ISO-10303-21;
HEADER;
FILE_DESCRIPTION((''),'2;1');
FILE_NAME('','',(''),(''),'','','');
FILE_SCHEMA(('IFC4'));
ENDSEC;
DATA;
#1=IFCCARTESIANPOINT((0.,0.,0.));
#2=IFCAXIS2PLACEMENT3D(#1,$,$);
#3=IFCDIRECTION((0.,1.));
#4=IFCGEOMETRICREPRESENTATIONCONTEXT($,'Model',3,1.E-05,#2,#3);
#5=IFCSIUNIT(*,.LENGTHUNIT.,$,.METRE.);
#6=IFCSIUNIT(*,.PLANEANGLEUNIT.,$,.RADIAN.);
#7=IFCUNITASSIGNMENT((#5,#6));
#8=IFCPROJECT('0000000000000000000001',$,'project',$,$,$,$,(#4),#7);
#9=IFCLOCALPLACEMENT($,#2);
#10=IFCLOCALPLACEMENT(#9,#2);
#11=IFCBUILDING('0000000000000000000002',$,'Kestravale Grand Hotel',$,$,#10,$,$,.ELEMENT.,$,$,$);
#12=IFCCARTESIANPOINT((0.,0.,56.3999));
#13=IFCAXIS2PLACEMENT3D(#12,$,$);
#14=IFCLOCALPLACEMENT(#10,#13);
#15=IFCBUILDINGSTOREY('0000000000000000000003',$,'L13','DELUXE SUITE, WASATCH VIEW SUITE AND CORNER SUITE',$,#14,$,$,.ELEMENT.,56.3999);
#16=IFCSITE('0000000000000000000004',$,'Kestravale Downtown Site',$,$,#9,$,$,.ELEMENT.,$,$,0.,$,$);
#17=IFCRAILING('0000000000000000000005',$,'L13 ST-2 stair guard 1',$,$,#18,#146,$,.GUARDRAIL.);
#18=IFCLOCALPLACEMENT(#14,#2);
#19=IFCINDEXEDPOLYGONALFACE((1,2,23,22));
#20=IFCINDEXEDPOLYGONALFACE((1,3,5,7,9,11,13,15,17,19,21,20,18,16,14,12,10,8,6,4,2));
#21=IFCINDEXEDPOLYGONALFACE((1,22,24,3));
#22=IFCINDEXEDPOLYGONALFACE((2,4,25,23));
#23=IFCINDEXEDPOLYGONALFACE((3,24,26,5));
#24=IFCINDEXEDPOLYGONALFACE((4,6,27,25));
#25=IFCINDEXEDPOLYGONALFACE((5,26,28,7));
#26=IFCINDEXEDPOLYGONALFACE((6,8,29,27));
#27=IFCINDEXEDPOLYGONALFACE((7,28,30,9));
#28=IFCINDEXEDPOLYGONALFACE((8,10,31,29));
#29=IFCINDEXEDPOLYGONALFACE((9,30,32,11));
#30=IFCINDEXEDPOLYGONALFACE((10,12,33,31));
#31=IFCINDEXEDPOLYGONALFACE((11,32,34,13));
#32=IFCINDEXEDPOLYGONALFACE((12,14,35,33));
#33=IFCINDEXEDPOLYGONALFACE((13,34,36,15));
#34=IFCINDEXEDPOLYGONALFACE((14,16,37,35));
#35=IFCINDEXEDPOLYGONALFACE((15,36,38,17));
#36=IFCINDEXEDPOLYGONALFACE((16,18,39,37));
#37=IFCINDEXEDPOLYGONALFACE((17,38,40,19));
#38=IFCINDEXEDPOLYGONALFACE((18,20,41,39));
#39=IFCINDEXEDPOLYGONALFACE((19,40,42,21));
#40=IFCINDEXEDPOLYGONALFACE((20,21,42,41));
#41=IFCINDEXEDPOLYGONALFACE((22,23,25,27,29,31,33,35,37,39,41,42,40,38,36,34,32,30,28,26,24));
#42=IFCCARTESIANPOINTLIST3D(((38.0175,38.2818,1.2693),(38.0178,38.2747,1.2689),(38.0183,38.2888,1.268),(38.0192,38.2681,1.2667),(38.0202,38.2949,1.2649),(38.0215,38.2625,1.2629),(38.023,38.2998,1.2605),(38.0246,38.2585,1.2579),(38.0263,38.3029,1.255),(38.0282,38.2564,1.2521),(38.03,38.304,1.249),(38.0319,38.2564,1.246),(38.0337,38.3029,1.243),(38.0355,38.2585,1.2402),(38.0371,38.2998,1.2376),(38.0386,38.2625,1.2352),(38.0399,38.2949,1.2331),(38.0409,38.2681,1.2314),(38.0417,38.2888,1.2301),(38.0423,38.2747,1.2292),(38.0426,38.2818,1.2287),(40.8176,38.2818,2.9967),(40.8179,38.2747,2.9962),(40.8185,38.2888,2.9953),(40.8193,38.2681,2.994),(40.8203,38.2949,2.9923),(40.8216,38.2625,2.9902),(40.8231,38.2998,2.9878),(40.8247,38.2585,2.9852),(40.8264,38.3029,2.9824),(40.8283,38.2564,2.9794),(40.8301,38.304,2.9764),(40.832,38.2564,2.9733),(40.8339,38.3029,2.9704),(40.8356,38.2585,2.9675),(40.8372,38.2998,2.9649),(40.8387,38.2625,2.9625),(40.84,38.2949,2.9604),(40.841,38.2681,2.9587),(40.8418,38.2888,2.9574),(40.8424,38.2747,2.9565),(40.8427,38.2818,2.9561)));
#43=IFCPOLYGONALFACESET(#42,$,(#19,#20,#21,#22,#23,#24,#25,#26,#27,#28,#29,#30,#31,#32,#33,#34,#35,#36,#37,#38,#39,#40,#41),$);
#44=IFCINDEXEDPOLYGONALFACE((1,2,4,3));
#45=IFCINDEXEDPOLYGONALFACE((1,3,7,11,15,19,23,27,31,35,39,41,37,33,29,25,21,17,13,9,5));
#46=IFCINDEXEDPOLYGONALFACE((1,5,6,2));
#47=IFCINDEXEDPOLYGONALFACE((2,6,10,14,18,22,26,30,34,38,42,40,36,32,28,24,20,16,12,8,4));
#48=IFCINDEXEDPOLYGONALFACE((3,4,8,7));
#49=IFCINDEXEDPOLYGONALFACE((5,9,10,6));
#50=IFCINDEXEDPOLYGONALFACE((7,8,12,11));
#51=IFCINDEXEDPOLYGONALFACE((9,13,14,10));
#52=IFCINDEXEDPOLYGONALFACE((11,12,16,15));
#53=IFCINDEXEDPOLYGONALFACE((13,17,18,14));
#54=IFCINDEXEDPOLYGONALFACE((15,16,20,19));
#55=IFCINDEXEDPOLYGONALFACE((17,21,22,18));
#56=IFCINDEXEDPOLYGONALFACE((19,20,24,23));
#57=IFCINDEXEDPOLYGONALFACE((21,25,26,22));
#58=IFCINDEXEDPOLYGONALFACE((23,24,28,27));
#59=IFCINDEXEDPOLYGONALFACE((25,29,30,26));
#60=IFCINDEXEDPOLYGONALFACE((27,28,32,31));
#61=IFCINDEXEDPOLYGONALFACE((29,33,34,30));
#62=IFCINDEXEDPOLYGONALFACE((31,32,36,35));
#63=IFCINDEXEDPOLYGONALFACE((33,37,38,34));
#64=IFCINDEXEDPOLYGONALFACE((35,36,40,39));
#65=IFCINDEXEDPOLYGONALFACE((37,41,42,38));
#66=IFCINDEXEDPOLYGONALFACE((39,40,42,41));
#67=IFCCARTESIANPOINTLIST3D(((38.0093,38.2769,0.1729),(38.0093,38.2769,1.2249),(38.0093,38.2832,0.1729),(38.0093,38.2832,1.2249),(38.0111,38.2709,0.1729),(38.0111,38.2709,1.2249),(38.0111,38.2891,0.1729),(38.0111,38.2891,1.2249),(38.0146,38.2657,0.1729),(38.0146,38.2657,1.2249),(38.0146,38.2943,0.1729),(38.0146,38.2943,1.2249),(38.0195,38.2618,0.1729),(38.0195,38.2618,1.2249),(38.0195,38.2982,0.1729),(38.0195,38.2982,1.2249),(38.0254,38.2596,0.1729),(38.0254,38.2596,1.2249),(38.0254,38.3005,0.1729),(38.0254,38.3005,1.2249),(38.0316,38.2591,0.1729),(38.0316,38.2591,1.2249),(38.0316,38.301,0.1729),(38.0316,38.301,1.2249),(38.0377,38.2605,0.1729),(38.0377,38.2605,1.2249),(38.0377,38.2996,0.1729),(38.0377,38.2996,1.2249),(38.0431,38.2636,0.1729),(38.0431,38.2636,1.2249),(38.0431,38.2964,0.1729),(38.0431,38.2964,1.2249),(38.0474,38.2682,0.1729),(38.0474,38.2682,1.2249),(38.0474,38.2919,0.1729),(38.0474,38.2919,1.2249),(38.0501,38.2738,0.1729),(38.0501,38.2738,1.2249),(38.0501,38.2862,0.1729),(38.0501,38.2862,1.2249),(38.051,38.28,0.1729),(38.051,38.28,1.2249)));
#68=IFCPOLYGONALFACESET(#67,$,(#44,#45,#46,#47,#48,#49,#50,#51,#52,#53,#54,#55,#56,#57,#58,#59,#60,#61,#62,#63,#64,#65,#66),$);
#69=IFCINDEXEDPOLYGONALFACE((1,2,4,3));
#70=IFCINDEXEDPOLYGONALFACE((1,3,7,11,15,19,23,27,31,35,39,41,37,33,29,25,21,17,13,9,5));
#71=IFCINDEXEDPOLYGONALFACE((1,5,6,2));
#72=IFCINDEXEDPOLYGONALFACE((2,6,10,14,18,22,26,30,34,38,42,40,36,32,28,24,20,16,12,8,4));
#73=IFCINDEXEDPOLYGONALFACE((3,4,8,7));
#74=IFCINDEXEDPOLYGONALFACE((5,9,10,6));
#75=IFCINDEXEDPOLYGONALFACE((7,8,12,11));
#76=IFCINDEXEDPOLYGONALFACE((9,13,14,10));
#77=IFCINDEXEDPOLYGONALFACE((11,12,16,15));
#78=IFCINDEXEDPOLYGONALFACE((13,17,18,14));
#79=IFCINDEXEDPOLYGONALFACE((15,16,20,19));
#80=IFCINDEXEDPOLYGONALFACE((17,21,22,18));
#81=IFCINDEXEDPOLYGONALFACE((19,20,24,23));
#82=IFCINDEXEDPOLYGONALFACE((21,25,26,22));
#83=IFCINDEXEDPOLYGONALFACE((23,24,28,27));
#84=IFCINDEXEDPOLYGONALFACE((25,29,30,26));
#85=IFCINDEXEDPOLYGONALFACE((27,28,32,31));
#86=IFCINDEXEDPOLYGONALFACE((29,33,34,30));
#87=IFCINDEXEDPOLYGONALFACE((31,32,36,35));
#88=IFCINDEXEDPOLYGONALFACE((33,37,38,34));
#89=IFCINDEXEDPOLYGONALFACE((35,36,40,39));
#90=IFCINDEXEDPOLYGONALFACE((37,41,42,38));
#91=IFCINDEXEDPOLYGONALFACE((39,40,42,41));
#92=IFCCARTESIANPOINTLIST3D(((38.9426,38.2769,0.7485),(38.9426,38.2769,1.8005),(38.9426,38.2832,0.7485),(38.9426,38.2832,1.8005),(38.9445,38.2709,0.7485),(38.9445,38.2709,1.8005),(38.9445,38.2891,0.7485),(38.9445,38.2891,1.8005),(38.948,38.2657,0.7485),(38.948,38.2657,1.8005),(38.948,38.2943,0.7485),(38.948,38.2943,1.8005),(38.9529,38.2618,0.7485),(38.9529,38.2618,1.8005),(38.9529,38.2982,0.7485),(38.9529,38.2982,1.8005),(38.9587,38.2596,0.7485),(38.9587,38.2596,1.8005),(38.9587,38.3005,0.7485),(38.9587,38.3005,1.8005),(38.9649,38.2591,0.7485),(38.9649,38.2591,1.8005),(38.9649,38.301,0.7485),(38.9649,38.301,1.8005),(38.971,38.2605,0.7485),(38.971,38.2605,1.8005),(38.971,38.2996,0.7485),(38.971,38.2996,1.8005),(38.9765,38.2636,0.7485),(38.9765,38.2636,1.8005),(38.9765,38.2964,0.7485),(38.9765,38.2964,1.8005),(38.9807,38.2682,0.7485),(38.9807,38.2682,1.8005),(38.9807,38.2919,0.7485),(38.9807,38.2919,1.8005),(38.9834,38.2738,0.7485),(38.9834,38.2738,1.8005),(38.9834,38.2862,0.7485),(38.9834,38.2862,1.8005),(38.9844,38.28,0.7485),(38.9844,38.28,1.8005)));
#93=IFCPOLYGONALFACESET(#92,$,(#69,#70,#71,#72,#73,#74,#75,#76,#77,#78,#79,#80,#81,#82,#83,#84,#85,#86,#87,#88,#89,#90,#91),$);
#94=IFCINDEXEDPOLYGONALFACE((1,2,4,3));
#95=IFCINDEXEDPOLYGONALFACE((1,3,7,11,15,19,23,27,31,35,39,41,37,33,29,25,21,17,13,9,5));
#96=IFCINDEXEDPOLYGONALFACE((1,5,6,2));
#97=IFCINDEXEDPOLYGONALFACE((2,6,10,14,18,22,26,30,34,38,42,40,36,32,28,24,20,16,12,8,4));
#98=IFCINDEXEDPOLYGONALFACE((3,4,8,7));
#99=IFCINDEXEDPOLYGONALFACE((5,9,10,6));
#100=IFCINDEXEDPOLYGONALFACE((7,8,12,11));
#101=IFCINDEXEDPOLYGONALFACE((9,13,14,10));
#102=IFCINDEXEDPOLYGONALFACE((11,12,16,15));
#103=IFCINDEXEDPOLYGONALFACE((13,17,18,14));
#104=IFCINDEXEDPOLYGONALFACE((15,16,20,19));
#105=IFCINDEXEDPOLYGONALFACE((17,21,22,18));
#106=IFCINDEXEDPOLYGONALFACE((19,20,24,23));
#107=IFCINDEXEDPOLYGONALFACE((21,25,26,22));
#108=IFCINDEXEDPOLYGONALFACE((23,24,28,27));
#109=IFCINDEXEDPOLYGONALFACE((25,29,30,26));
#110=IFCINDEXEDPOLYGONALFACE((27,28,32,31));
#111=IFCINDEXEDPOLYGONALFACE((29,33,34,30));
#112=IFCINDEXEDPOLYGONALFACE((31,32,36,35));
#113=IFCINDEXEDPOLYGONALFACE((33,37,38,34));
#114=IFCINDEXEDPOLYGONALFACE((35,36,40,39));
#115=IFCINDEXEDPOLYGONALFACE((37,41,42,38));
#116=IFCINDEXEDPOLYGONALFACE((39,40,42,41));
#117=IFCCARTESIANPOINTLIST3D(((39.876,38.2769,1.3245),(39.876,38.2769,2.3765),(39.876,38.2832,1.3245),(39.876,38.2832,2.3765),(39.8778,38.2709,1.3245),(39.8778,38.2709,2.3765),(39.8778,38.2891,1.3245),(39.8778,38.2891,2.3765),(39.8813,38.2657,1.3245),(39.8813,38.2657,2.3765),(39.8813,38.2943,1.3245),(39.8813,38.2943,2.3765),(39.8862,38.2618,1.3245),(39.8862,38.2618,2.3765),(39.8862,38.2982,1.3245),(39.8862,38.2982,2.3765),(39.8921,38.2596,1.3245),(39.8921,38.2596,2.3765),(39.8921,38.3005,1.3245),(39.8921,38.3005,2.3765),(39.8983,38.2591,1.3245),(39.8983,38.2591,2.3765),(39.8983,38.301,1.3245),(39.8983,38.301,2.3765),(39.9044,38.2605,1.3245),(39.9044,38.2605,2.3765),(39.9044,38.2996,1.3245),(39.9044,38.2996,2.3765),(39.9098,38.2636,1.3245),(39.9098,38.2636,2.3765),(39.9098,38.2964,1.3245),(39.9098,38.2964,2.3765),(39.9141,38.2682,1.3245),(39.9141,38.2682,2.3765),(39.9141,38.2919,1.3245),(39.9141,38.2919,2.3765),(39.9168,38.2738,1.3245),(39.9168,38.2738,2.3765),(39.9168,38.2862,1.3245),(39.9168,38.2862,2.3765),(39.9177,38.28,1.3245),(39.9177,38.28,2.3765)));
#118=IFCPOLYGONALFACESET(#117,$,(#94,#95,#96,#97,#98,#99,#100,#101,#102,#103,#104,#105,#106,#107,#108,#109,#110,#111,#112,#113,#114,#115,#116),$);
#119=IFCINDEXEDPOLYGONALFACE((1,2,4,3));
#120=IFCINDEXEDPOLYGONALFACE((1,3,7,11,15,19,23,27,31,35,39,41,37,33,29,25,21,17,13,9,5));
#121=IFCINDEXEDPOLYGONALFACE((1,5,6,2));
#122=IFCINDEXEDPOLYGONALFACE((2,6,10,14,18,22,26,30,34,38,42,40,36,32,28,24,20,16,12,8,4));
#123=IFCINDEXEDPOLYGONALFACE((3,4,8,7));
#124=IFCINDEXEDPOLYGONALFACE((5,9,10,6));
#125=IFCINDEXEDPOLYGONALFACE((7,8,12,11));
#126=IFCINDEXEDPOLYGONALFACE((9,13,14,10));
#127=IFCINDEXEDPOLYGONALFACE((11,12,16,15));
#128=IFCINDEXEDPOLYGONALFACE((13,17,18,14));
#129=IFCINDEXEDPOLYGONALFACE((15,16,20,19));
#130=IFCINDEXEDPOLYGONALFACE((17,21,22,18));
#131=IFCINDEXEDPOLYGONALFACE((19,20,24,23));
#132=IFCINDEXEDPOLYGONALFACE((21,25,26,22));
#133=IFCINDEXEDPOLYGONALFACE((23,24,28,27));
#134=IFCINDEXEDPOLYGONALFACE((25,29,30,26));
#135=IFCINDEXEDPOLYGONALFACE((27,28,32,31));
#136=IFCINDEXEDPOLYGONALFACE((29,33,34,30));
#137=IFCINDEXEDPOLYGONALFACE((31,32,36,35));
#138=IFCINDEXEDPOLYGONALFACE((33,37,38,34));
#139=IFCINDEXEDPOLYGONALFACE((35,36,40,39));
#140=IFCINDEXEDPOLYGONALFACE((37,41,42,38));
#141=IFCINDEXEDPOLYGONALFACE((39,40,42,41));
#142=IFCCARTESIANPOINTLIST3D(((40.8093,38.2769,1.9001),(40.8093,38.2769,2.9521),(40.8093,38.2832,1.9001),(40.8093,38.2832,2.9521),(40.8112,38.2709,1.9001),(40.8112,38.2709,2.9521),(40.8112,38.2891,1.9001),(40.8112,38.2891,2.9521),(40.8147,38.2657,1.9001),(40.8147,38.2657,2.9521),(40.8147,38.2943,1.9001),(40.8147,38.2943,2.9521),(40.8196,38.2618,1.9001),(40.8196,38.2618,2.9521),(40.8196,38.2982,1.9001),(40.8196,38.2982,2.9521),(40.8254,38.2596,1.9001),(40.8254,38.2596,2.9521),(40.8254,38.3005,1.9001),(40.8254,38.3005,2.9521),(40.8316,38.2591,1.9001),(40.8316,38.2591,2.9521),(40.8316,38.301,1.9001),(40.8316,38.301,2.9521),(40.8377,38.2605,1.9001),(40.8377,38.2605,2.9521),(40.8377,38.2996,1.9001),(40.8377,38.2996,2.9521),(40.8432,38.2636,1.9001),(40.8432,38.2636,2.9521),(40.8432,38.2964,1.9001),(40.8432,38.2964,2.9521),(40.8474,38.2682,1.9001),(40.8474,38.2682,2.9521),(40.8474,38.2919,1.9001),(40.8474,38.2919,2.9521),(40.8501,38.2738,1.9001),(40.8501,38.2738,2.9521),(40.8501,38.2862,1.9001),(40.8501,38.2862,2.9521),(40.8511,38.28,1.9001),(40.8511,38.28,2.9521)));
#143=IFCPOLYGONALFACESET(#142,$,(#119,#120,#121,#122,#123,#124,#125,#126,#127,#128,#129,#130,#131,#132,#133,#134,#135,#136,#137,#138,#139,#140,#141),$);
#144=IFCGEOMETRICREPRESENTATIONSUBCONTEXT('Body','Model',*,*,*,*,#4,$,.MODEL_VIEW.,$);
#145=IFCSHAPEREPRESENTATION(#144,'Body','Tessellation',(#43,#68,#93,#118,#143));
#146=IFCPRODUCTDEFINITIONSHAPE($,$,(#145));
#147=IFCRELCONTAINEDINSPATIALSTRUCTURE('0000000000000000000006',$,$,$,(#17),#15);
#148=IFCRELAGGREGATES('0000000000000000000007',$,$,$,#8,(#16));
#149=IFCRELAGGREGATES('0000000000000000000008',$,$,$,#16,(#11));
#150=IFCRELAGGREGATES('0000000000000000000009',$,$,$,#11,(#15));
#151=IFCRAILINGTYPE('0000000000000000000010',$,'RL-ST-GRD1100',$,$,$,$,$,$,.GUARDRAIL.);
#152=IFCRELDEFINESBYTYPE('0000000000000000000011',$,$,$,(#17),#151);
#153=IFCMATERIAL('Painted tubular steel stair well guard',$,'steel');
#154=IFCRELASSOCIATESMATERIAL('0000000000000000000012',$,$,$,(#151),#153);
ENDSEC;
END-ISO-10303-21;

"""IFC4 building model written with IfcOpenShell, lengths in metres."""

from ifc_helpers import new_model, si_unit, direction, frame, origin, origin_2d, place, context, subcontext, project, spatial, circle, extrude, material, type_object, element, save


model = new_model("IFC4")

# Units and contexts
model_context = context("Model", 3, precision=1e-05, world=origin(), true_north=direction((0.0, 1.0)))
body_context = subcontext(model_context, "Body", "Model", "MODEL_VIEW")
ifc_project = project(units=[si_unit("LENGTHUNIT", "METRE"), si_unit("PLANEANGLEUNIT", "RADIAN")], contexts=[model_context])

# Site, building, storey
site_placement = place(None, origin())
site = spatial("IfcSite", under=ifc_project, at=site_placement, Name="Kestravale Downtown Site", CompositionType="ELEMENT", RefElevation=0.0)
building_placement = place(site_placement, origin())
building = spatial("IfcBuilding", under=site, at=building_placement, Name="Kestravale Grand Hotel", CompositionType="ELEMENT")
storey_placement = place(building_placement, frame((0.0, 0.0, 56.3999)))
storey = spatial("IfcBuildingStorey", under=building, at=storey_placement, Name="L13", Description="DELUXE SUITE, WASATCH VIEW SUITE AND CORNER SUITE", CompositionType="ELEMENT", Elevation=56.3999)

# Railing
ifc_material_1 = material(Name="Painted tubular steel stair well guard", Category="steel")
railing_type_1 = type_object("IfcRailingType", Name="RL-ST-GRD1100", PredefinedType="GUARDRAIL", material=ifc_material_1)
railing_1_placement = place(storey_placement, frame((38.03, 38.28, 0.1729)))
element("IfcRailing", 1, at=railing_1_placement, inside=storey, type_object=railing_type_1, Name="L13 ST-2 stair guard 1", PredefinedType="GUARDRAIL", context=body_context, shape_type="SweptSolid", body=[
    extrude(circle(Radius=0.0239, at=origin_2d()), frame((0.0, 0.0, 1.0762), z_axis=(0.85109, 0.0, 0.52502), x_axis=(0.0, 1.0, 0.0)), (0.0, 0.0, 1.0), 3.29),
    extrude(circle(Radius=0.021, at=origin_2d()), origin(), (0.0, 0.0, 1.0), 1.052),
    extrude(circle(Radius=0.021, at=origin_2d()), frame((0.9333, 0.0, 0.5757)), (0.0, 0.0, 1.0), 1.052),
    extrude(circle(Radius=0.021, at=origin_2d()), frame((1.8667, 0.0, 1.1516)), (0.0, 0.0, 1.0), 1.052),
    extrude(circle(Radius=0.021, at=origin_2d()), frame((2.8, 0.0, 1.7273)), (0.0, 0.0, 1.0), 1.052),
])

save(model, "model.ifc")
